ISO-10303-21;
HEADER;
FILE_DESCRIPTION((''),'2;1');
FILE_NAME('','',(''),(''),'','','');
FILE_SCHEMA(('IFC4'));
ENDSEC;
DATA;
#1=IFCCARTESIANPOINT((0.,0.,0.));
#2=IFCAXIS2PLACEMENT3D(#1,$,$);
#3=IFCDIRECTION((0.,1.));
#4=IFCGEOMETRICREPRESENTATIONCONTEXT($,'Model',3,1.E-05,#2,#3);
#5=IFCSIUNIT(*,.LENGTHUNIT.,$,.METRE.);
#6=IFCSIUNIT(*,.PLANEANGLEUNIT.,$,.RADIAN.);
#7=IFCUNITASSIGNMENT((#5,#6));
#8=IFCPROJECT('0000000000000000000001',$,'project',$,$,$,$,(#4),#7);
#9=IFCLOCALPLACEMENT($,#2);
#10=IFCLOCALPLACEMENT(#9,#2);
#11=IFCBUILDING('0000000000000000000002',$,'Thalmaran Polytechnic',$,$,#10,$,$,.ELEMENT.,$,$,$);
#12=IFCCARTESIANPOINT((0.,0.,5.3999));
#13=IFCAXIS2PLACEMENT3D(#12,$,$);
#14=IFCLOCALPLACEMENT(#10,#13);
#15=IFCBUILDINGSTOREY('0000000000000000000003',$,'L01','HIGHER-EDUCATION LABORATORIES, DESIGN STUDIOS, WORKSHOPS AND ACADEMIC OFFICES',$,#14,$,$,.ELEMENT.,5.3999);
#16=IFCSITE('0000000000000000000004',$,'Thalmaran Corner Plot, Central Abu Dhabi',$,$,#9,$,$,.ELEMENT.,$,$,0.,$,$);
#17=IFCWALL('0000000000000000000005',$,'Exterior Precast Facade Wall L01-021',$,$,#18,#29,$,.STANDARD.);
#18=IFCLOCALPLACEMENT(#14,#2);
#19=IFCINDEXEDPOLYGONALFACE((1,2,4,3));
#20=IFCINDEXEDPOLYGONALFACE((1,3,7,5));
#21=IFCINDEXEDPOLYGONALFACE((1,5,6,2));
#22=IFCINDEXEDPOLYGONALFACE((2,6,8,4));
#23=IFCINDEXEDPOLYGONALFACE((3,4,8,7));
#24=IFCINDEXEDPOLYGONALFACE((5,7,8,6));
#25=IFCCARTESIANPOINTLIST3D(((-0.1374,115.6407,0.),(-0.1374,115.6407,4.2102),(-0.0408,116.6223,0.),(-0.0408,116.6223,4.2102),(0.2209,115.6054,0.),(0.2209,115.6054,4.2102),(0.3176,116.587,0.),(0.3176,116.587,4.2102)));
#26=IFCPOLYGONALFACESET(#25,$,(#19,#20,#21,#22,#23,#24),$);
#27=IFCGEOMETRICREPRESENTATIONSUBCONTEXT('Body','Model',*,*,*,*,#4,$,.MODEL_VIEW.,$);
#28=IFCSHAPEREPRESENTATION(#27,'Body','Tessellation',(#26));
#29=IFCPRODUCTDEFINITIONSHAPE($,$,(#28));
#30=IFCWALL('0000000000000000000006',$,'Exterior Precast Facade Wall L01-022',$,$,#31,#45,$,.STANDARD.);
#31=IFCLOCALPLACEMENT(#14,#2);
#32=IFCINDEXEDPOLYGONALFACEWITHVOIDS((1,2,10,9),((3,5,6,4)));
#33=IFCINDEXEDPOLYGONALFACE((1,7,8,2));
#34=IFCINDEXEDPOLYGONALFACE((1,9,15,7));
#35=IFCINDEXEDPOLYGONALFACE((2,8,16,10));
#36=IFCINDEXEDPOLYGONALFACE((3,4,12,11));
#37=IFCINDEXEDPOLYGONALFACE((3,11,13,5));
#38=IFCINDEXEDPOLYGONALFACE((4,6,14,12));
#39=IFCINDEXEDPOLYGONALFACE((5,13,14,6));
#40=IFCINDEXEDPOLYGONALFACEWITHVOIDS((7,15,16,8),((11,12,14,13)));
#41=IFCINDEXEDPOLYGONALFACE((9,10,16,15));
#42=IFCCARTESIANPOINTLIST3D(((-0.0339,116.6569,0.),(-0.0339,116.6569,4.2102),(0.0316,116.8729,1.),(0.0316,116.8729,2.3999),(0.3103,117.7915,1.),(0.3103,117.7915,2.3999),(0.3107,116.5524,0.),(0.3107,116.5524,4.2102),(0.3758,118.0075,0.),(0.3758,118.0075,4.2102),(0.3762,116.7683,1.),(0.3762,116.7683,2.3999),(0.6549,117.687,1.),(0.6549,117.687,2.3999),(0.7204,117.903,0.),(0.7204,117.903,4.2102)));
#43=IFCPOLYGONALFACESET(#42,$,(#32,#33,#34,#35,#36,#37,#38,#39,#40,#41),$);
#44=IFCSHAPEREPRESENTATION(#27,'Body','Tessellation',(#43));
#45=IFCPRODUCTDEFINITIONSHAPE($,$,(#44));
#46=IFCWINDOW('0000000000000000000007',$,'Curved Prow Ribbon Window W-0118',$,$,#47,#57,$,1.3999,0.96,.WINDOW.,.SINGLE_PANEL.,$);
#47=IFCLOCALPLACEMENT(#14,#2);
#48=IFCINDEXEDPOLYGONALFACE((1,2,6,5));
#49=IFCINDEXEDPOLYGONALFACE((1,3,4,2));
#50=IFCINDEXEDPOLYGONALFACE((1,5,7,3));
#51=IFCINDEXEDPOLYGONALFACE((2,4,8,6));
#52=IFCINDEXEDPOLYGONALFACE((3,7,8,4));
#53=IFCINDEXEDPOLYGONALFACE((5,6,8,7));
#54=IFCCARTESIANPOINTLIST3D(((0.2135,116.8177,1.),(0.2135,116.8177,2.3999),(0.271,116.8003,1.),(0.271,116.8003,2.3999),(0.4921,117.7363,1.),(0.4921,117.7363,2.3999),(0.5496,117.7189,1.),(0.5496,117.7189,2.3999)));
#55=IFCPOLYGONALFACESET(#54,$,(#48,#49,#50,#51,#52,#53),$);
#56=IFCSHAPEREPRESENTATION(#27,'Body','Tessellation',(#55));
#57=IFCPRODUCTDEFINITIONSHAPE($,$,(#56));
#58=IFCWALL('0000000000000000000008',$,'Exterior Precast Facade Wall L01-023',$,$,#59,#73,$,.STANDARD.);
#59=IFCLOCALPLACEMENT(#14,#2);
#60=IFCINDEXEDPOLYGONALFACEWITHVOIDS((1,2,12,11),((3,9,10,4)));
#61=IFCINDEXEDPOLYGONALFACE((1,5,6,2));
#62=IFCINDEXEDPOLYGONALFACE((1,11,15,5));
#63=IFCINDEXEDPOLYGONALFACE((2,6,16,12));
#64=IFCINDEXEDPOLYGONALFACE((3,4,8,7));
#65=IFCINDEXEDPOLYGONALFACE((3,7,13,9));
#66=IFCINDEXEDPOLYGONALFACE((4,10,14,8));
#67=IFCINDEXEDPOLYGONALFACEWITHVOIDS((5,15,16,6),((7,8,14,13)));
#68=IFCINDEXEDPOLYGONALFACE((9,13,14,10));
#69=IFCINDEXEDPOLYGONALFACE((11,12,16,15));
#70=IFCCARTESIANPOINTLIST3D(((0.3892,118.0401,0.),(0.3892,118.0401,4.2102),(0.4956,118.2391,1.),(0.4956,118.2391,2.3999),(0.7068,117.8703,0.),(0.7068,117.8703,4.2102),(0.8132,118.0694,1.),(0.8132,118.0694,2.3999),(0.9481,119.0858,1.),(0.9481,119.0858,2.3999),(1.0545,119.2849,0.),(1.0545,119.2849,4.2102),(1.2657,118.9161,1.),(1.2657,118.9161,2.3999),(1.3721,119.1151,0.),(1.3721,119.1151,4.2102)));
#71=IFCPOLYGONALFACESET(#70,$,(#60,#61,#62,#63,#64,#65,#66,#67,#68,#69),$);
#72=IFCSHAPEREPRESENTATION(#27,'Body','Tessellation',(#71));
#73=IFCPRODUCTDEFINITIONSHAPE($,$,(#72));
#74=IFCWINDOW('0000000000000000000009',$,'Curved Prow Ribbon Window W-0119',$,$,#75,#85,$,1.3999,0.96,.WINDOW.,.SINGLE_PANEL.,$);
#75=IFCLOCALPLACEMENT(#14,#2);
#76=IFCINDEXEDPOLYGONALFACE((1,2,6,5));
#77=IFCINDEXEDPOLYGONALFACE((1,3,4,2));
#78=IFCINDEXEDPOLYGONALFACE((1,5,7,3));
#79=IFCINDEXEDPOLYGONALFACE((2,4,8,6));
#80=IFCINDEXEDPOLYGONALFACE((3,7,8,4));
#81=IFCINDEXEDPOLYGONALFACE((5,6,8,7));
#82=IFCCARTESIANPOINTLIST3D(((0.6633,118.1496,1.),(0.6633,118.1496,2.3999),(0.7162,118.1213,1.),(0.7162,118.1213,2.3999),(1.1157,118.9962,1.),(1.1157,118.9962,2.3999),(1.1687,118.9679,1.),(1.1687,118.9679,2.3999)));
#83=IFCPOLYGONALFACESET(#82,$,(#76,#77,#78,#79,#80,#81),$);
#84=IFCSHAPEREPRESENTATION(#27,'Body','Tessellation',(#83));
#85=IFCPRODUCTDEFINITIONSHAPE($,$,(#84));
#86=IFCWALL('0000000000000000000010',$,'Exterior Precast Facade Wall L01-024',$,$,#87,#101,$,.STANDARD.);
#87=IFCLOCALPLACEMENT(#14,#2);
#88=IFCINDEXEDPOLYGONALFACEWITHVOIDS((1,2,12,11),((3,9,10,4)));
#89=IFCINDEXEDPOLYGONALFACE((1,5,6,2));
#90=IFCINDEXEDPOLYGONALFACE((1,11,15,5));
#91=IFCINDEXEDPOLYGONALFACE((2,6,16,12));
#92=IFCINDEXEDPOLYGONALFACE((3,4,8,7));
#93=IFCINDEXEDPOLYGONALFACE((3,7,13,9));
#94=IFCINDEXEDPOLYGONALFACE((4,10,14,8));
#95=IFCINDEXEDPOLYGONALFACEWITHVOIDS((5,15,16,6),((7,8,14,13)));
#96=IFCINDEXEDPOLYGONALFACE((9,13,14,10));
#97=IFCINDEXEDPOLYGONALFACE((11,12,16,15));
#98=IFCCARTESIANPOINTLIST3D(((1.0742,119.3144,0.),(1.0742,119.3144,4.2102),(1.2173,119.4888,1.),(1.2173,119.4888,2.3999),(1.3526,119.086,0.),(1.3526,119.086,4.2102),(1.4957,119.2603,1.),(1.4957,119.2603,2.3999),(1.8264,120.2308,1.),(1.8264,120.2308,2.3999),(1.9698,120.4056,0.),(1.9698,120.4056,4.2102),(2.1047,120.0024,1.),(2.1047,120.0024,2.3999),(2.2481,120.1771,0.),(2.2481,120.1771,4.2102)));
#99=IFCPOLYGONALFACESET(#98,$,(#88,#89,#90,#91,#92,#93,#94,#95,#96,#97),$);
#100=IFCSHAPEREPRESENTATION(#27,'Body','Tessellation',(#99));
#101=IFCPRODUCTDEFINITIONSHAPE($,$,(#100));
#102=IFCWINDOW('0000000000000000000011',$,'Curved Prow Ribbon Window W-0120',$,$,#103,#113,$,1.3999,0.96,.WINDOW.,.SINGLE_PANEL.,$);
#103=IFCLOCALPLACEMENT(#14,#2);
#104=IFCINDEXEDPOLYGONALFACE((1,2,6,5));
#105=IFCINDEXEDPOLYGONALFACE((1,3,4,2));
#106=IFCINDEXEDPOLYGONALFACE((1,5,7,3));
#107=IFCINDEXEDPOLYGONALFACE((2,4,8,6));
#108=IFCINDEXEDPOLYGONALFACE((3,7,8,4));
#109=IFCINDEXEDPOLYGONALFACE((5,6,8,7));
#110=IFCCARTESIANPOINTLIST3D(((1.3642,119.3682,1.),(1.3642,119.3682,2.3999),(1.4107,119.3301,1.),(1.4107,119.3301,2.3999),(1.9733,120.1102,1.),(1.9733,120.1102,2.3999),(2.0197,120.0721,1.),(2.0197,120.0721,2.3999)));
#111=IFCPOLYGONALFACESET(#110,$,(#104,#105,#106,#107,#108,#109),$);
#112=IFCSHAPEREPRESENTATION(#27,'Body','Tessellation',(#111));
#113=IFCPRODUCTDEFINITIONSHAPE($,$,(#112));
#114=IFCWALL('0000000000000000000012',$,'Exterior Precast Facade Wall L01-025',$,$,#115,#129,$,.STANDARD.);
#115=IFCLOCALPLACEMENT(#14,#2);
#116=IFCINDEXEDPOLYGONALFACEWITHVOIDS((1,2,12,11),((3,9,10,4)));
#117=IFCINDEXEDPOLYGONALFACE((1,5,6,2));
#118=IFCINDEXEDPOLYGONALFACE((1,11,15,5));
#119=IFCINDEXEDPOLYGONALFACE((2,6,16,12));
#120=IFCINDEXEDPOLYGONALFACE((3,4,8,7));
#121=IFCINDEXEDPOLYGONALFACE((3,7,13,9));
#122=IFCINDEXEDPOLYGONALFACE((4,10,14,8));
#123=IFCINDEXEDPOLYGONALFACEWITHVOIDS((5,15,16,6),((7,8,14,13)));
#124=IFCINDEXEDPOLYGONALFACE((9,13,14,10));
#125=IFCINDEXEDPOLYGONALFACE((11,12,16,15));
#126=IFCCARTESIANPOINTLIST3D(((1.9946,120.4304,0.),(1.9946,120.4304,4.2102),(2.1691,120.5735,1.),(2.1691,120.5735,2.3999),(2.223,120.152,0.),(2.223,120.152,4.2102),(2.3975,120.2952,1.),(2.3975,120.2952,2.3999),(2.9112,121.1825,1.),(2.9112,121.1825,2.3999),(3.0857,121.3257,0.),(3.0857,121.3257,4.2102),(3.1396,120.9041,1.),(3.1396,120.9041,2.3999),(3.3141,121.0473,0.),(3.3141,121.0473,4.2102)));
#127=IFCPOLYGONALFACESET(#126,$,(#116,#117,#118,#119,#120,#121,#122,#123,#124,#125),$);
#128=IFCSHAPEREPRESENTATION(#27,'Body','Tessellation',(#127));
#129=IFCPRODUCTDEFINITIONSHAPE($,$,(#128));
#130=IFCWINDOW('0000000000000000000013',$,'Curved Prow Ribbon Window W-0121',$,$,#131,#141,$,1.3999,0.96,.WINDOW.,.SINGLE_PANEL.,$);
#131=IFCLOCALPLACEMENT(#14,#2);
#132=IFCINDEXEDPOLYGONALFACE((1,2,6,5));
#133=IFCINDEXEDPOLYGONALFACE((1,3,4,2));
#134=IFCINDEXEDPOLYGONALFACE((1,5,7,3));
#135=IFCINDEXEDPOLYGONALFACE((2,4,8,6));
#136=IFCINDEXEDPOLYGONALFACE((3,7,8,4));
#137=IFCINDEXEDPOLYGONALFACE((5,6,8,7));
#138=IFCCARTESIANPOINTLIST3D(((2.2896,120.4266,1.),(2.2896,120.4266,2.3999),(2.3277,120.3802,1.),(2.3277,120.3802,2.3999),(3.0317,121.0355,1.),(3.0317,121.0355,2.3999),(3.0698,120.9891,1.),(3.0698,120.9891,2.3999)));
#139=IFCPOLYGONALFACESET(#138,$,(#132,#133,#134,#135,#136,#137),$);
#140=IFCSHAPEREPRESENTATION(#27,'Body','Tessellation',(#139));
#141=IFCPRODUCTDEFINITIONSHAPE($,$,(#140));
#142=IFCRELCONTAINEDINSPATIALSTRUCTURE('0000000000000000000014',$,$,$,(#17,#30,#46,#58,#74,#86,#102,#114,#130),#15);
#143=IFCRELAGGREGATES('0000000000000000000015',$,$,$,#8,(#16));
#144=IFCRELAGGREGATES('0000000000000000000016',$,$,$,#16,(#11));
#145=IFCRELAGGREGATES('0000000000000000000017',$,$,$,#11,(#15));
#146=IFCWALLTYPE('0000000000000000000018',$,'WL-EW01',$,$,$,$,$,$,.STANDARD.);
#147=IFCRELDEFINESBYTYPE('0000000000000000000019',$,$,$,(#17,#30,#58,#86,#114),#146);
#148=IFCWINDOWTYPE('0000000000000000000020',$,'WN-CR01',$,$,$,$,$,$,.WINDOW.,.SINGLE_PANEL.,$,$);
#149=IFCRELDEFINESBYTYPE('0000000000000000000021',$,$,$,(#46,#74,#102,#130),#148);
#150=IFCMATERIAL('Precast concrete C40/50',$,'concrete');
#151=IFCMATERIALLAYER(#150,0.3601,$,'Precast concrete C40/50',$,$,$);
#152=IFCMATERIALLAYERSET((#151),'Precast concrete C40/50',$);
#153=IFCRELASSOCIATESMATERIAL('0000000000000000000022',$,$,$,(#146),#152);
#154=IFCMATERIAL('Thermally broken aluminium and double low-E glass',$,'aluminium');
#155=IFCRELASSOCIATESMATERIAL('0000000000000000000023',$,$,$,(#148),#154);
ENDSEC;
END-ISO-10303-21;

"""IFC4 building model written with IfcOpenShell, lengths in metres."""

from ifc_helpers import new_model, si_unit, direction, frame, frame_2d, origin, place, context, subcontext, project, spatial, rectangle, extrude, material, layer, layer_set, type_object, element, fill, save


model = new_model("IFC4")

# Units and contexts
model_context = context("Model", 3, precision=1e-05, world=origin(), true_north=direction((0.0, 1.0)))
body_context = subcontext(model_context, "Body", "Model", "MODEL_VIEW")
ifc_project = project(units=[si_unit("LENGTHUNIT", "METRE"), si_unit("PLANEANGLEUNIT", "RADIAN")], contexts=[model_context])

# Site, building, storey
site_placement = place(None, origin())
site = spatial("IfcSite", under=ifc_project, at=site_placement, Name="Thalmaran Corner Plot, Central Abu Dhabi", CompositionType="ELEMENT", RefElevation=0.0)
building_placement = place(site_placement, origin())
building = spatial("IfcBuilding", under=site, at=building_placement, Name="Thalmaran Polytechnic", CompositionType="ELEMENT")
storey_placement = place(building_placement, frame((0.0, 0.0, 5.3999)))
storey = spatial("IfcBuildingStorey", under=building, at=storey_placement, Name="L01", Description="HIGHER-EDUCATION LABORATORIES, DESIGN STUDIOS, WORKSHOPS AND ACADEMIC OFFICES", CompositionType="ELEMENT", Elevation=5.3999)

# Wall
ifc_material_1 = material(Name="Precast concrete C40/50", Category="concrete")
ifc_layer_1 = layer(ifc_material_1, 0.3601, Name="Precast concrete C40/50")
ifc_layer_set_1 = layer_set([ifc_layer_1], Name="Precast concrete C40/50")
wall_type = type_object("IfcWallType", Name="WL-EW01", PredefinedType="STANDARD", material=ifc_layer_set_1)
wall_1_placement = place(storey_placement, frame((0.0417, 115.623, 0.0), z_axis=(0.0, 0.0, 1.0), x_axis=(0.098009, 0.995186, 0.0)))
element("IfcWall", 1, at=wall_1_placement, inside=storey, type_object=wall_type, Name="Exterior Precast Facade Wall L01-021", PredefinedType="STANDARD", context=body_context, shape_type="SweptSolid", body=[
    extrude(rectangle(XDim=0.9863, YDim=0.3601, at=frame_2d((0.4932, 0.0))), origin(), (0.0, 0.0, 1.0), 4.2102),
])

# Walls, openings, windows
wall_2_placement = place(storey_placement, frame((0.1384, 116.6047, 0.0), z_axis=(0.0, 0.0, 1.0), x_axis=(0.290267, 0.956946, 0.0)))
wall_2 = element("IfcWall", 2, at=wall_2_placement, inside=storey, type_object=wall_type, Name="Exterior Precast Facade Wall L01-022", PredefinedType="STANDARD", context=body_context, shape_type="SweptSolid", body=[
    extrude(rectangle(XDim=1.4114, YDim=0.3601, at=frame_2d((0.7056, 0.0))), origin(), (0.0, 0.0, 1.0), 4.2102),
])
opening_1_placement = place(wall_2_placement, frame((0.2256, 0.0, 1.0)))
opening_1 = element("IfcOpeningElement", 3, at=opening_1_placement, cuts=wall_2, PredefinedType="OPENING", context=body_context, shape_type="SweptSolid", body=[
    extrude(rectangle(XDim=0.96, YDim=1.3999, at=frame_2d((0.48, 0.7))), frame((0.0, 0.1899, 0.0), z_axis=(0.0, -1.0, 0.0), x_axis=(1.0, 0.0, 0.0)), (0.0, 0.0, 1.0), 0.3801),
])
ifc_material_2 = material(Name="Thermally broken aluminium and double low-E glass", Category="aluminium")
window_type = type_object("IfcWindowType", Name="WN-CR01", PartitioningType="SINGLE_PANEL", PredefinedType="WINDOW", material=ifc_material_2)
window_1_placement = place(opening_1_placement, origin())
window_1 = element("IfcWindow", 4, at=window_1_placement, inside=storey, type_object=window_type, Name="Curved Prow Ribbon Window W-0118", OverallHeight=1.3999, OverallWidth=0.96, PartitioningType="SINGLE_PANEL", PredefinedType="WINDOW", context=body_context, shape_type="SweptSolid", body=[
    extrude(rectangle(XDim=0.96, YDim=1.3999, at=frame_2d((0.48, 0.7))), frame((0.0, -0.01, 0.0), z_axis=(0.0, -1.0, 0.0), x_axis=(1.0, 0.0, 0.0)), (0.0, 0.0, 1.0), 0.0601),
])
fill(opening_1, window_1)
wall_3_placement = place(storey_placement, frame((0.5481, 117.9553, 0.0), z_axis=(0.0, 0.0, 1.0), x_axis=(0.471333, 0.881955, 0.0)))
wall_3 = element("IfcWall", 5, at=wall_3_placement, inside=storey, type_object=wall_type, Name="Exterior Precast Facade Wall L01-023", PredefinedType="STANDARD", context=body_context, shape_type="SweptSolid", body=[
    extrude(rectangle(XDim=1.4114, YDim=0.3601, at=frame_2d((0.7056, 0.0))), origin(), (0.0, 0.0, 1.0), 4.2102),
])
opening_2_placement = place(wall_3_placement, frame((0.2256, 0.0, 1.0)))
opening_2 = element("IfcOpeningElement", 6, at=opening_2_placement, cuts=wall_3, PredefinedType="OPENING", context=body_context, shape_type="SweptSolid", body=[
    extrude(rectangle(XDim=0.96, YDim=1.3999, at=frame_2d((0.48, 0.7))), frame((0.0, 0.1899, 0.0), z_axis=(0.0, -1.0, 0.0), x_axis=(1.0, 0.0, 0.0)), (0.0, 0.0, 1.0), 0.3801),
])
window_2_placement = place(opening_2_placement, origin())
window_2 = element("IfcWindow", 7, at=window_2_placement, inside=storey, type_object=window_type, Name="Curved Prow Ribbon Window W-0119", OverallHeight=1.3999, OverallWidth=0.96, PartitioningType="SINGLE_PANEL", PredefinedType="WINDOW", context=body_context, shape_type="SweptSolid", body=[
    extrude(rectangle(XDim=0.96, YDim=1.3999, at=frame_2d((0.48, 0.7))), frame((0.0, -0.01, 0.0), z_axis=(0.0, -1.0, 0.0), x_axis=(1.0, 0.0, 0.0)), (0.0, 0.0, 1.0), 0.0601),
])
fill(opening_2, window_2)
wall_4_placement = place(storey_placement, frame((1.2134, 119.2002, 0.0), z_axis=(0.0, 0.0, 1.0), x_axis=(0.634433, 0.772978, 0.0)))
wall_4 = element("IfcWall", 8, at=wall_4_placement, inside=storey, type_object=wall_type, Name="Exterior Precast Facade Wall L01-024", PredefinedType="STANDARD", context=body_context, shape_type="SweptSolid", body=[
    extrude(rectangle(XDim=1.4116, YDim=0.3601, at=frame_2d((0.7058, 0.0))), origin(), (0.0, 0.0, 1.0), 4.2102),
])
opening_3_placement = place(wall_4_placement, frame((0.2256, 0.0, 1.0)))
opening_3 = element("IfcOpeningElement", 9, at=opening_3_placement, cuts=wall_4, PredefinedType="OPENING", context=body_context, shape_type="SweptSolid", body=[
    extrude(rectangle(XDim=0.96, YDim=1.3999, at=frame_2d((0.48, 0.7))), frame((0.0, 0.1899, 0.0), z_axis=(0.0, -1.0, 0.0), x_axis=(1.0, 0.0, 0.0)), (0.0, 0.0, 1.0), 0.3801),
])
window_3_placement = place(opening_3_placement, origin())
window_3 = element("IfcWindow", 10, at=window_3_placement, inside=storey, type_object=window_type, Name="Curved Prow Ribbon Window W-0120", OverallHeight=1.3999, OverallWidth=0.96, PartitioningType="SINGLE_PANEL", PredefinedType="WINDOW", context=body_context, shape_type="SweptSolid", body=[
    extrude(rectangle(XDim=0.96, YDim=1.3999, at=frame_2d((0.48, 0.7))), frame((0.0, -0.01, 0.0), z_axis=(0.0, -1.0, 0.0), x_axis=(1.0, 0.0, 0.0)), (0.0, 0.0, 1.0), 0.0601),
])
fill(opening_3, window_3)
wall_5_placement = place(storey_placement, frame((2.1089, 120.2913, 0.0), z_axis=(0.0, 0.0, 1.0), x_axis=(0.773062, 0.63433, 0.0)))
wall_5 = element("IfcWall", 11, at=wall_5_placement, inside=storey, type_object=wall_type, Name="Exterior Precast Facade Wall L01-025", PredefinedType="STANDARD", context=body_context, shape_type="SweptSolid", body=[
    extrude(rectangle(XDim=1.4114, YDim=0.3601, at=frame_2d((0.7056, 0.0))), origin(), (0.0, 0.0, 1.0), 4.2102),
])
opening_4_placement = place(wall_5_placement, frame((0.2256, 0.0, 1.0)))
opening_4 = element("IfcOpeningElement", 12, at=opening_4_placement, cuts=wall_5, PredefinedType="OPENING", context=body_context, shape_type="SweptSolid", body=[
    extrude(rectangle(XDim=0.96, YDim=1.3999, at=frame_2d((0.48, 0.7))), frame((0.0, 0.1899, 0.0), z_axis=(0.0, -1.0, 0.0), x_axis=(1.0, 0.0, 0.0)), (0.0, 0.0, 1.0), 0.3801),
])
window_4_placement = place(opening_4_placement, origin())
window_4 = element("IfcWindow", 13, at=window_4_placement, inside=storey, type_object=window_type, Name="Curved Prow Ribbon Window W-0121", OverallHeight=1.3999, OverallWidth=0.96, PartitioningType="SINGLE_PANEL", PredefinedType="WINDOW", context=body_context, shape_type="SweptSolid", body=[
    extrude(rectangle(XDim=0.96, YDim=1.3999, at=frame_2d((0.48, 0.7))), frame((0.0, -0.01, 0.0), z_axis=(0.0, -1.0, 0.0), x_axis=(1.0, 0.0, 0.0)), (0.0, 0.0, 1.0), 0.0601),
])
fill(opening_4, window_4)

save(model, "model.ifc")
